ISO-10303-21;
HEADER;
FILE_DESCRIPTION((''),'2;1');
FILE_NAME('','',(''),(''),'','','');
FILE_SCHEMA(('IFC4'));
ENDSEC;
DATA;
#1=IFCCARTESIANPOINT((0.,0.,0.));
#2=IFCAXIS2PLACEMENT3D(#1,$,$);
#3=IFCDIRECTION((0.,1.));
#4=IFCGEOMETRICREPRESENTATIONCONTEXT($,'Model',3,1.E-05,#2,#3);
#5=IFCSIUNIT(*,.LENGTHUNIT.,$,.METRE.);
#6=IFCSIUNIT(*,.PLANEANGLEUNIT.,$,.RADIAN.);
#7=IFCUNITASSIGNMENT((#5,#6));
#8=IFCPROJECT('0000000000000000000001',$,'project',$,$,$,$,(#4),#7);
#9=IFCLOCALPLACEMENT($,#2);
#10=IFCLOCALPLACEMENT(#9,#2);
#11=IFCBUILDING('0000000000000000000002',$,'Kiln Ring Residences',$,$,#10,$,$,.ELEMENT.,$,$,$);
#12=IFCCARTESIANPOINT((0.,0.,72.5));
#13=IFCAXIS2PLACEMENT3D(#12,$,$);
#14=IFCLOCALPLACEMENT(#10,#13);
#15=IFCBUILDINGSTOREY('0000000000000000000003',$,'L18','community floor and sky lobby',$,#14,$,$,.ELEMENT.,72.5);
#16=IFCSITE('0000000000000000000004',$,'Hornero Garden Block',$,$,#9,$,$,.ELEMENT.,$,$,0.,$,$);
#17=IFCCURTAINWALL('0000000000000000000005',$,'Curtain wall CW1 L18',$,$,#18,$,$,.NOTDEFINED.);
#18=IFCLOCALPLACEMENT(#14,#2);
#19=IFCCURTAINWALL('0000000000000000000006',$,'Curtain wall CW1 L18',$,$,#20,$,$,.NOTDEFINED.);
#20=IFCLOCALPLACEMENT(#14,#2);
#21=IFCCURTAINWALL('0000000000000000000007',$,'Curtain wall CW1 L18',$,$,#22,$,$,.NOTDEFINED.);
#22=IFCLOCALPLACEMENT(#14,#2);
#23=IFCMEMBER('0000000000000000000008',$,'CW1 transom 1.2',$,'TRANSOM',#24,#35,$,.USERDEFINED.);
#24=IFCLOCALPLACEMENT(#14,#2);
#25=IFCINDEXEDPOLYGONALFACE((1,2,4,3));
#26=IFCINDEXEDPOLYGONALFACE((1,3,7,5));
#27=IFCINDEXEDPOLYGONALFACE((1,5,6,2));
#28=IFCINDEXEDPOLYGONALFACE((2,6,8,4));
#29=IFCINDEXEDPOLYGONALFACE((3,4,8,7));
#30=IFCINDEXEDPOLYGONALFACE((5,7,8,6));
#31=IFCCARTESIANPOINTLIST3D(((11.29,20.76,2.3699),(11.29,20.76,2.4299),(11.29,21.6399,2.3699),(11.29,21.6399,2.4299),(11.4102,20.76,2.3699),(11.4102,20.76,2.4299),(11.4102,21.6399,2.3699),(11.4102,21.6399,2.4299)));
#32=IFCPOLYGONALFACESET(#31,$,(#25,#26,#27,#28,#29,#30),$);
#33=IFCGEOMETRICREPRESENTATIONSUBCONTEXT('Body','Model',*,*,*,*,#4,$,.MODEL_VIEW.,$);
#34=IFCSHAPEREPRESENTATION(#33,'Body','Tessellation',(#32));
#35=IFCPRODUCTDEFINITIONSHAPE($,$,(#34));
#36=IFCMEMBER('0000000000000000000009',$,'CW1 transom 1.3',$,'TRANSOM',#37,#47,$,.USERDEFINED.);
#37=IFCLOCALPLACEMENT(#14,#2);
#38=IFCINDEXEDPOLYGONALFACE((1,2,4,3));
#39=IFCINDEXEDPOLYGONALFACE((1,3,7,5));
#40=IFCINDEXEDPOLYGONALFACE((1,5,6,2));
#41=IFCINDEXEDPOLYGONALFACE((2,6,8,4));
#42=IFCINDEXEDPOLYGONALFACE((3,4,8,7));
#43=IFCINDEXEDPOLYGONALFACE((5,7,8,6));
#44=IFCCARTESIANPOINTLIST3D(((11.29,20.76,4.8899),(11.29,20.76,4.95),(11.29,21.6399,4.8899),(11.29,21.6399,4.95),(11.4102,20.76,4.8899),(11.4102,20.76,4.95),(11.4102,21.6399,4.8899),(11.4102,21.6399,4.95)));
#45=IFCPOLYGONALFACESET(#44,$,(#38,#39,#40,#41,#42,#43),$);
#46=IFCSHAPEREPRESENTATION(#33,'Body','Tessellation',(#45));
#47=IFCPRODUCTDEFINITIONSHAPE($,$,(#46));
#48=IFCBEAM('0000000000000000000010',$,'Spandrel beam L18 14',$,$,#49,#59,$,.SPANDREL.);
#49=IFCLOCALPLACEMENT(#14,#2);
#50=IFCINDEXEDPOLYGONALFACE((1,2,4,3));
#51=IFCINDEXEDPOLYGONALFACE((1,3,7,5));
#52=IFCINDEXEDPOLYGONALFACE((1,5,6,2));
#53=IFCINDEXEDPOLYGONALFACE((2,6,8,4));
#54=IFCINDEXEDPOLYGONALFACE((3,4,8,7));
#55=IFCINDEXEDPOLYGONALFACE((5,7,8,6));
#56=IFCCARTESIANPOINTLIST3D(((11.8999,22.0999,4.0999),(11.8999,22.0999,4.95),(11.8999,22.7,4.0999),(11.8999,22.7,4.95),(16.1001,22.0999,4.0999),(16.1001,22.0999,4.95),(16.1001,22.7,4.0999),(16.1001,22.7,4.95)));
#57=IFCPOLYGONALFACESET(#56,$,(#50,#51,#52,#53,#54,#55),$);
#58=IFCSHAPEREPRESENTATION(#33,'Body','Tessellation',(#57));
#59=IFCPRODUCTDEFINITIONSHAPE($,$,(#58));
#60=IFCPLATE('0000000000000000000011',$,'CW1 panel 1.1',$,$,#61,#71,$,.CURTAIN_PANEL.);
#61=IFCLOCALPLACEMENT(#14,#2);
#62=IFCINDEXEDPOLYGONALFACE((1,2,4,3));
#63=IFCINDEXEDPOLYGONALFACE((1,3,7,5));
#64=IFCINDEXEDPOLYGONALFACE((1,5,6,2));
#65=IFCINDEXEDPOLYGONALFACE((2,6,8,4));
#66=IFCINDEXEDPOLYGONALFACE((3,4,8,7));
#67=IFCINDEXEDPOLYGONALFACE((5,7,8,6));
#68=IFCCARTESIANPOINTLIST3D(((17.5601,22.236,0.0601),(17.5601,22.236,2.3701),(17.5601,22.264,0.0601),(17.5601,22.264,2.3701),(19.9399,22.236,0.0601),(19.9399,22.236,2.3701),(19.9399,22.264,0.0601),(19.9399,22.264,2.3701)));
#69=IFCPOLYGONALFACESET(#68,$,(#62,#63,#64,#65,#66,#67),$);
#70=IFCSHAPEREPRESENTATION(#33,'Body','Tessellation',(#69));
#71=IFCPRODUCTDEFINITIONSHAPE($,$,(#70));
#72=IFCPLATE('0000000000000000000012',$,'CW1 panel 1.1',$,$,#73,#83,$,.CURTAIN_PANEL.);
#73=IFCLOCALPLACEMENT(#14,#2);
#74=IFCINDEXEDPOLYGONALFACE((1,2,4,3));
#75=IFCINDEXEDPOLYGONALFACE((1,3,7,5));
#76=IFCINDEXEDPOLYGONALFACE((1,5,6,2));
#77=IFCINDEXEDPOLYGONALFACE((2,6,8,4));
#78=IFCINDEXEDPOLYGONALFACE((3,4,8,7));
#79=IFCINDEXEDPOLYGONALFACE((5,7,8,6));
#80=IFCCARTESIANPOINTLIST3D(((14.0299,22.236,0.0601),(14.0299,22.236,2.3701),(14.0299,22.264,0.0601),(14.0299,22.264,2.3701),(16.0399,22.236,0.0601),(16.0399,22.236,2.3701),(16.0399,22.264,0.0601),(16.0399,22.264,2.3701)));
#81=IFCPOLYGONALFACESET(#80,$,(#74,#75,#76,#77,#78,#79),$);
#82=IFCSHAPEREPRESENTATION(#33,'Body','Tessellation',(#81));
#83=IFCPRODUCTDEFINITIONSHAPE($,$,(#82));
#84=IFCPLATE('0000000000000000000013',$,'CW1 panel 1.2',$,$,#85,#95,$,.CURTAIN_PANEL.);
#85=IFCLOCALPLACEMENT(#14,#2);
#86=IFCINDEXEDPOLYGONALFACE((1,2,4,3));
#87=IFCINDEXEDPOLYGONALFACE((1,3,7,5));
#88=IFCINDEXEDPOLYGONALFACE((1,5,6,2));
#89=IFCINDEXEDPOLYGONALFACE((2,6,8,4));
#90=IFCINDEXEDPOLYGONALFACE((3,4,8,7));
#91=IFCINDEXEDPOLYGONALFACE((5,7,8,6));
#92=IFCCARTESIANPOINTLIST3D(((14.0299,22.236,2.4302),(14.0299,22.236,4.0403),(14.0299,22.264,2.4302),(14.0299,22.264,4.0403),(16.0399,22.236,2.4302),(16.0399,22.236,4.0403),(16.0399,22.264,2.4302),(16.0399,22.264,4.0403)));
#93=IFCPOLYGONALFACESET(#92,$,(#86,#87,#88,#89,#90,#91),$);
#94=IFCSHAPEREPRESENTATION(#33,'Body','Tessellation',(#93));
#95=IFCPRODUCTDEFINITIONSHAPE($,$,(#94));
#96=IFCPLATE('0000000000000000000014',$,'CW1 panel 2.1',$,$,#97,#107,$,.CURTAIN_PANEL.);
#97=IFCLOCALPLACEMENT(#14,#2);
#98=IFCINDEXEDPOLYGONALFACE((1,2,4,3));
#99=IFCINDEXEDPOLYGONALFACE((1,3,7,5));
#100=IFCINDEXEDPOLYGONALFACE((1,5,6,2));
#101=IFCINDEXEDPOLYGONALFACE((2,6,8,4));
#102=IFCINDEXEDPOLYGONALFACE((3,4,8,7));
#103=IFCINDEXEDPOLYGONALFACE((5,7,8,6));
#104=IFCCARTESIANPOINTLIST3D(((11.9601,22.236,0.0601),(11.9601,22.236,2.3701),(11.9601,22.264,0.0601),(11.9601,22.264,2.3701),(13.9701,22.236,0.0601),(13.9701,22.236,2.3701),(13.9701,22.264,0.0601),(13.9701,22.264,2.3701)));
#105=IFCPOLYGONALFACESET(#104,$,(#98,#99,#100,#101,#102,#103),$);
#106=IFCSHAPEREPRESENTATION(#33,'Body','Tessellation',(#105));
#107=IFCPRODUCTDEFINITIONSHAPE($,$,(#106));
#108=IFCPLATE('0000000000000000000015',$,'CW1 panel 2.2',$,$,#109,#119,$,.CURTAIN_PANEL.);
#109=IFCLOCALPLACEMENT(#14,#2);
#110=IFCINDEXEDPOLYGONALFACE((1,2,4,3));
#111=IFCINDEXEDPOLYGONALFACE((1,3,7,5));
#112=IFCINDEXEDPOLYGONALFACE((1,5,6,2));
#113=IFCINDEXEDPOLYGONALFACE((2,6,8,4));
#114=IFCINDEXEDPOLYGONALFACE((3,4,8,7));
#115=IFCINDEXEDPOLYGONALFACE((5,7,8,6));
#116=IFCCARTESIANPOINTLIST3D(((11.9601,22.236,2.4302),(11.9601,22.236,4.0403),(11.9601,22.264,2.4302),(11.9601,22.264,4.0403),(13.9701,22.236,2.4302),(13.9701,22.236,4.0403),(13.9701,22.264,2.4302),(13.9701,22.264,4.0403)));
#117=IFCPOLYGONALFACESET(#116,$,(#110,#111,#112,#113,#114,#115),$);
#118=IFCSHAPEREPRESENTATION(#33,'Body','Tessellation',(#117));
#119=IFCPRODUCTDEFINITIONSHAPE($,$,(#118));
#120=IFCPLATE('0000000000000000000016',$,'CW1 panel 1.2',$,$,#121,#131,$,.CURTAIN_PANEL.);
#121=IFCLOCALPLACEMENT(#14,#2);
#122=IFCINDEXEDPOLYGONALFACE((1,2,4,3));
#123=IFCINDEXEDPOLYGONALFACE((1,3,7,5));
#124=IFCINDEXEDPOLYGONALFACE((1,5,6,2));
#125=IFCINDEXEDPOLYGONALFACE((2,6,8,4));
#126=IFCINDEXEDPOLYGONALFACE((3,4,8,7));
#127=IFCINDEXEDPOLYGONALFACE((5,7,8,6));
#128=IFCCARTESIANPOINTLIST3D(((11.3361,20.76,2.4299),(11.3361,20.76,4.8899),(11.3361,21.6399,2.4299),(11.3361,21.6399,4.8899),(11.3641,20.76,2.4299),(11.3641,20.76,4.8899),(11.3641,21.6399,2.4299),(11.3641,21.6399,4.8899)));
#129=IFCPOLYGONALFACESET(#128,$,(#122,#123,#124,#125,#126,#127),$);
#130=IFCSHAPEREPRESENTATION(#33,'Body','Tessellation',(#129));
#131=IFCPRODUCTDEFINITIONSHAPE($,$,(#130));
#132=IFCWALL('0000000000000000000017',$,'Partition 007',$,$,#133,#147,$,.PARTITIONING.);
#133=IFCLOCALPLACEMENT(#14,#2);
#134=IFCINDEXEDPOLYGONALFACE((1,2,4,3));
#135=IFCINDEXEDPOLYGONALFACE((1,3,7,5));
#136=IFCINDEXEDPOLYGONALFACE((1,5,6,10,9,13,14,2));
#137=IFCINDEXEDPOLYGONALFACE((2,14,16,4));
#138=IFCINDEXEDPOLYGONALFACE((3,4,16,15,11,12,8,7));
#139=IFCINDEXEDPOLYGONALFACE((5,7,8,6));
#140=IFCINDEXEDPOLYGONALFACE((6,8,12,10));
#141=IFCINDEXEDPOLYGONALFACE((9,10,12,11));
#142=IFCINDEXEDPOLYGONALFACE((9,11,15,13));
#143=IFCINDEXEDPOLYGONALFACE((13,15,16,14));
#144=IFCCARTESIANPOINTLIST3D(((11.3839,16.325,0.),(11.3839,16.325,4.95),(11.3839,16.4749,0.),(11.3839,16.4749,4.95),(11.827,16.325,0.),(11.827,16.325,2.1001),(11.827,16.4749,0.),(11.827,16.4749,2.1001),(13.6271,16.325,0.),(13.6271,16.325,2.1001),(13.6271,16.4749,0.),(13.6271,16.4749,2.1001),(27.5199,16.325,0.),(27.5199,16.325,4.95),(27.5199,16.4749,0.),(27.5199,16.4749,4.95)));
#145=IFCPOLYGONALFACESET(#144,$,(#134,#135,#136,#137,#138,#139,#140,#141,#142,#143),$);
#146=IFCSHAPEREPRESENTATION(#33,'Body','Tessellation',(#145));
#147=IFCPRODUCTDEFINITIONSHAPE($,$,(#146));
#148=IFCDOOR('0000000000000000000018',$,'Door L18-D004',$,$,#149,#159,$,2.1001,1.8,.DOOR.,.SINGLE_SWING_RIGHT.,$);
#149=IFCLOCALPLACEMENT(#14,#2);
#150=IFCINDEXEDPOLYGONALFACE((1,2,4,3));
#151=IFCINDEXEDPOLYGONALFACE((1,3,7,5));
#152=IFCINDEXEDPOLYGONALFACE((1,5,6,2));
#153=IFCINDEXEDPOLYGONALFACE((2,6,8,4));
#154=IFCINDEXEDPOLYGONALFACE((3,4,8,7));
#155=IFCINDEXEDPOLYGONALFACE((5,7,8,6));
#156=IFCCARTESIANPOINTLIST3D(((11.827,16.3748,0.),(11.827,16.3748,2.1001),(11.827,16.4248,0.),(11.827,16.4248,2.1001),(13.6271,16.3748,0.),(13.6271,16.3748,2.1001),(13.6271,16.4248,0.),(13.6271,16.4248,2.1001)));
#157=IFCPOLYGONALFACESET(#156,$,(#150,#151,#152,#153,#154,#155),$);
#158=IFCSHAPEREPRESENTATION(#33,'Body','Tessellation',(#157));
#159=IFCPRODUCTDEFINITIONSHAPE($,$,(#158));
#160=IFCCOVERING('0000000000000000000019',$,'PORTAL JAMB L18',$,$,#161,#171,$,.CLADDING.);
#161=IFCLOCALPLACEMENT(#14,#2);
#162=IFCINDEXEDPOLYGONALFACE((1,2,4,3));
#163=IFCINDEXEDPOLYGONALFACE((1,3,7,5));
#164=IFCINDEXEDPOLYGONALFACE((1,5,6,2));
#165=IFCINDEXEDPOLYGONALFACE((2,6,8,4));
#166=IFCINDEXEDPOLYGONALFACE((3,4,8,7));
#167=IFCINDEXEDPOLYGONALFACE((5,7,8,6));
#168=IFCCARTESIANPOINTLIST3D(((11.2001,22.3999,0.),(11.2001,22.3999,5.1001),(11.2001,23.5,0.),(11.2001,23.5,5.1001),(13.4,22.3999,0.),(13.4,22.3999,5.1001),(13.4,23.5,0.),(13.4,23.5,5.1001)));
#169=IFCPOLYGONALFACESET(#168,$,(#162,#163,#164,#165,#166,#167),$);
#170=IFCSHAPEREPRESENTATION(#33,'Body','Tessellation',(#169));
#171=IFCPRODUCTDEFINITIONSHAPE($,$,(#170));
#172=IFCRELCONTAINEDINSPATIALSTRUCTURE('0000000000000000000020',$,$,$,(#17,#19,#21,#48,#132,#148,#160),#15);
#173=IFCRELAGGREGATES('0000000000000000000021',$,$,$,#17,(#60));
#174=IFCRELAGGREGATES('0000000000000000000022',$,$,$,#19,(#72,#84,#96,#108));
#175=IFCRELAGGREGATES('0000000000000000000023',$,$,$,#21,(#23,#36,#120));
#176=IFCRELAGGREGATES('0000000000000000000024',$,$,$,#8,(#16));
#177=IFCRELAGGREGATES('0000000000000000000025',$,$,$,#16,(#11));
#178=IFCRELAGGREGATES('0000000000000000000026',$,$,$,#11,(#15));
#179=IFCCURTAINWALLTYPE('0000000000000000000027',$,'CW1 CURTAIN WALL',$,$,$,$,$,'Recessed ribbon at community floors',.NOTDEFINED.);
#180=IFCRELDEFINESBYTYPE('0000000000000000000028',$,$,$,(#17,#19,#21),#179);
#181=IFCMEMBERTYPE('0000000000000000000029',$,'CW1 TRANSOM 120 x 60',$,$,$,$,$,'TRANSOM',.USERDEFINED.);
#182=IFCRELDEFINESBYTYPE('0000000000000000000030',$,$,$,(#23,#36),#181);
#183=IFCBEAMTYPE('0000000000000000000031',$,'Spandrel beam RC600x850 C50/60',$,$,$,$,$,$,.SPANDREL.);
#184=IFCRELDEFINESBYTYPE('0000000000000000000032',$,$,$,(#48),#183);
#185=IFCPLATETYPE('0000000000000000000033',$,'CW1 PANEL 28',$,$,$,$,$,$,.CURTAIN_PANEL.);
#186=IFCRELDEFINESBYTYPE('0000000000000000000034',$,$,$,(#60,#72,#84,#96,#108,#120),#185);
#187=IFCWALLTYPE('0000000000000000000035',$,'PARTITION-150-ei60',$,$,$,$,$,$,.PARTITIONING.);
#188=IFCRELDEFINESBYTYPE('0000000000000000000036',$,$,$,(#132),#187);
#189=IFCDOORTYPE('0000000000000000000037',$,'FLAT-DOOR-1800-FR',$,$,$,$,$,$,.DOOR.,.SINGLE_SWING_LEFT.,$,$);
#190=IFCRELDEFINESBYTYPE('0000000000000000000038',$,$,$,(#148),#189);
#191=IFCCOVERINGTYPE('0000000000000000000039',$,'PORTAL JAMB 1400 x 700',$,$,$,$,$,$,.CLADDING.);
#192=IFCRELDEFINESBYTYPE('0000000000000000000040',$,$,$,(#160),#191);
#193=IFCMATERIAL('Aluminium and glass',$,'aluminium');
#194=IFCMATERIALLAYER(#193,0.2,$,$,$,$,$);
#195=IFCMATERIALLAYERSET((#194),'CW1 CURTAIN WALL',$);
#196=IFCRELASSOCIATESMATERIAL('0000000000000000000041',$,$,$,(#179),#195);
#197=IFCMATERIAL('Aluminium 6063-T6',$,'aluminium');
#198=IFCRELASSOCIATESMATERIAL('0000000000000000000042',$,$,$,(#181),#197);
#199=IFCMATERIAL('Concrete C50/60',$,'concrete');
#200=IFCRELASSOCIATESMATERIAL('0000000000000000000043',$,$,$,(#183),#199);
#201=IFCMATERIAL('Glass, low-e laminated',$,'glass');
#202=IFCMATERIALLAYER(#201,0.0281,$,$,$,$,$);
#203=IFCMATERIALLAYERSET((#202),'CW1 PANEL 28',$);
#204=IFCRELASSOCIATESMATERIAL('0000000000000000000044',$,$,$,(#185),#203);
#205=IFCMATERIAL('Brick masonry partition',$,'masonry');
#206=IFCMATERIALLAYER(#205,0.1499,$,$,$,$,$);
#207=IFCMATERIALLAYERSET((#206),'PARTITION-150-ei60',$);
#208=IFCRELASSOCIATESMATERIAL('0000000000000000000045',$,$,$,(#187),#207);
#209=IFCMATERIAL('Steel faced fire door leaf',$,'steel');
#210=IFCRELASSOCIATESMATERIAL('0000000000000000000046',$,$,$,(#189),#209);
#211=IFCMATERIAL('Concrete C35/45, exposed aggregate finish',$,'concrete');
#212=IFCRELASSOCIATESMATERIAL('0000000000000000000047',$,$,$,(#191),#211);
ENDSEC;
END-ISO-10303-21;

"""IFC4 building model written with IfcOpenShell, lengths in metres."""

from ifc_helpers import new_model, si_unit, direction, frame, frame_2d, origin, origin_2d, place, context, subcontext, project, spatial, rectangle, extrude, material, layer, layer_set, material_profile, profile_set, type_object, element, fill, aggregate, save


model = new_model("IFC4")

# Units and contexts
model_context = context("Model", 3, precision=1e-05, world=origin(), true_north=direction((0.0, 1.0)))
body_context = subcontext(model_context, "Body", "Model", "MODEL_VIEW")
ifc_project = project(units=[si_unit("LENGTHUNIT", "METRE"), si_unit("PLANEANGLEUNIT", "RADIAN")], contexts=[model_context])

# Site, building, storey
site_placement = place(None, origin())
site = spatial("IfcSite", under=ifc_project, at=site_placement, Name="Hornero Garden Block", CompositionType="ELEMENT", RefElevation=0.0)
building_placement = place(site_placement, origin())
building = spatial("IfcBuilding", under=site, at=building_placement, Name="Kiln Ring Residences", CompositionType="ELEMENT")
storey_placement = place(building_placement, frame((0.0, 0.0, 72.5)))
storey = spatial("IfcBuildingStorey", under=building, at=storey_placement, Name="L18", Description="community floor and sky lobby", CompositionType="ELEMENT", Elevation=72.5)

# Curtain wall
ifc_material_1 = material(Name="Aluminium and glass", Category="aluminium")
ifc_layer_1 = layer(ifc_material_1, 0.2)
ifc_layer_set_1 = layer_set([ifc_layer_1], Name="CW1 CURTAIN WALL")
curtain_wall_type = type_object("IfcCurtainWallType", Name="CW1 CURTAIN WALL", ElementType="Recessed ribbon at community floors", PredefinedType="NOTDEFINED", material=ifc_layer_set_1)
placement = place(storey_placement, origin())
curtain_wall_1 = element("IfcCurtainWall", 1, at=placement, inside=storey, type_object=curtain_wall_type, Name="Curtain wall CW1 L18", PredefinedType="NOTDEFINED")

# Curtain wall
curtain_wall_2 = element("IfcCurtainWall", 2, at=placement, inside=storey, type_object=curtain_wall_type, Name="Curtain wall CW1 L18", PredefinedType="NOTDEFINED")

# Curtain wall
curtain_wall_3 = element("IfcCurtainWall", 3, at=placement, inside=storey, type_object=curtain_wall_type, Name="Curtain wall CW1 L18", PredefinedType="NOTDEFINED")

# Members
ifc_material_2 = material(Name="Aluminium 6063-T6", Category="aluminium")
ifc_material_profile_1 = material_profile(ifc_material_2, rectangle(XDim=0.1201, YDim=0.0601, at=origin_2d()), Name="AL 120x60")
ifc_profile_set_1 = profile_set([ifc_material_profile_1], Name="Aluminium 6063-T6")
member_type_1 = type_object("IfcMemberType", Name="CW1 TRANSOM 120 x 60", ElementType="TRANSOM", PredefinedType="USERDEFINED", material=ifc_profile_set_1)
member_1_placement = place(storey_placement, frame((11.3501, 21.6399, 2.3999), z_axis=(0.0, -1.0, 0.0), x_axis=(1.0, 0.0, 0.0)))
member_1 = element("IfcMember", 4, at=member_1_placement, type_object=member_type_1, Name="CW1 transom 1.2", ObjectType="TRANSOM", PredefinedType="USERDEFINED", context=body_context, shape_type="SweptSolid", body=[
    extrude(rectangle(XDim=0.1201, YDim=0.0601, at=origin_2d()), origin(), (0.0, 0.0, 1.0), 0.8799),
])
member_2_placement = place(storey_placement, frame((11.3501, 21.6399, 4.9199), z_axis=(0.0, -1.0, 0.0), x_axis=(1.0, 0.0, 0.0)))
member_2 = element("IfcMember", 5, at=member_2_placement, type_object=member_type_1, Name="CW1 transom 1.3", ObjectType="TRANSOM", PredefinedType="USERDEFINED", context=body_context, shape_type="SweptSolid", body=[
    extrude(rectangle(XDim=0.1201, YDim=0.0601, at=origin_2d()), origin(), (0.0, 0.0, 1.0), 0.8799),
])

# Beam
ifc_material_3 = material(Name="Concrete C50/60", Category="concrete")
ifc_material_profile_2 = material_profile(ifc_material_3, rectangle(XDim=0.6001, YDim=0.8501, at=origin_2d()), Name="RC600x850")
ifc_profile_set_2 = profile_set([ifc_material_profile_2], Name="Concrete C50/60")
beam_type = type_object("IfcBeamType", Name="Spandrel beam RC600x850 C50/60", PredefinedType="SPANDREL", material=ifc_profile_set_2)
beam_placement = place(storey_placement, frame((16.1001, 22.3999, 4.5249), z_axis=(-1.0, 0.0, 0.0), x_axis=(0.0, -1.0, 0.0)))
element("IfcBeam", 6, at=beam_placement, inside=storey, type_object=beam_type, Name="Spandrel beam L18 14", PredefinedType="SPANDREL", context=body_context, shape_type="SweptSolid", body=[
    extrude(rectangle(XDim=0.6001, YDim=0.8501, at=origin_2d()), origin(), (0.0, 0.0, 1.0), 4.2002),
])

# Plates
ifc_material_4 = material(Name="Glass, low-e laminated", Category="glass")
ifc_layer_2 = layer(ifc_material_4, 0.0281)
ifc_layer_set_2 = layer_set([ifc_layer_2], Name="CW1 PANEL 28")
plate_type = type_object("IfcPlateType", Name="CW1 PANEL 28", PredefinedType="CURTAIN_PANEL", material=ifc_layer_set_2)
plate_1_placement = place(storey_placement, frame((18.75, 22.25, 0.0601), z_axis=(0.0, 0.0, 1.0), x_axis=(-1.0, 0.0, 0.0)))
plate_1 = element("IfcPlate", 7, at=plate_1_placement, type_object=plate_type, Name="CW1 panel 1.1", PredefinedType="CURTAIN_PANEL", context=body_context, shape_type="SweptSolid", body=[
    extrude(rectangle(XDim=2.3799, YDim=0.0281, at=origin_2d()), origin(), (0.0, 0.0, 1.0), 2.3101),
])
aggregate(curtain_wall_1, [plate_1])
plate_2_placement = place(storey_placement, frame((15.0349, 22.25, 0.0601), z_axis=(0.0, 0.0, 1.0), x_axis=(-1.0, 0.0, 0.0)))
plate_2 = element("IfcPlate", 8, at=plate_2_placement, type_object=plate_type, Name="CW1 panel 1.1", PredefinedType="CURTAIN_PANEL", context=body_context, shape_type="SweptSolid", body=[
    extrude(rectangle(XDim=2.01, YDim=0.0281, at=origin_2d()), origin(), (0.0, 0.0, 1.0), 2.3101),
])
plate_3_placement = place(storey_placement, frame((15.0349, 22.25, 2.4302), z_axis=(0.0, 0.0, 1.0), x_axis=(-1.0, 0.0, 0.0)))
plate_3 = element("IfcPlate", 9, at=plate_3_placement, type_object=plate_type, Name="CW1 panel 1.2", PredefinedType="CURTAIN_PANEL", context=body_context, shape_type="SweptSolid", body=[
    extrude(rectangle(XDim=2.01, YDim=0.0281, at=origin_2d()), origin(), (0.0, 0.0, 1.0), 1.6101),
])
plate_4_placement = place(storey_placement, frame((12.9651, 22.25, 0.0601), z_axis=(0.0, 0.0, 1.0), x_axis=(-1.0, 0.0, 0.0)))
plate_4 = element("IfcPlate", 10, at=plate_4_placement, type_object=plate_type, Name="CW1 panel 2.1", PredefinedType="CURTAIN_PANEL", context=body_context, shape_type="SweptSolid", body=[
    extrude(rectangle(XDim=2.01, YDim=0.0281, at=origin_2d()), origin(), (0.0, 0.0, 1.0), 2.3101),
])
plate_5_placement = place(storey_placement, frame((12.9651, 22.25, 2.4302), z_axis=(0.0, 0.0, 1.0), x_axis=(-1.0, 0.0, 0.0)))
plate_5 = element("IfcPlate", 11, at=plate_5_placement, type_object=plate_type, Name="CW1 panel 2.2", PredefinedType="CURTAIN_PANEL", context=body_context, shape_type="SweptSolid", body=[
    extrude(rectangle(XDim=2.01, YDim=0.0281, at=origin_2d()), origin(), (0.0, 0.0, 1.0), 1.6101),
])
aggregate(curtain_wall_2, [plate_2, plate_3, plate_4, plate_5])
plate_6_placement = place(storey_placement, frame((11.3501, 21.2, 2.4299), z_axis=(0.0, 0.0, 1.0), x_axis=(0.0, -1.0, 0.0)))
plate_6 = element("IfcPlate", 12, at=plate_6_placement, type_object=plate_type, Name="CW1 panel 1.2", PredefinedType="CURTAIN_PANEL", context=body_context, shape_type="SweptSolid", body=[
    extrude(rectangle(XDim=0.8799, YDim=0.0281, at=origin_2d()), origin(), (0.0, 0.0, 1.0), 2.46),
])
aggregate(curtain_wall_3, [member_1, member_2, plate_6])

# Wall, opening, door
ifc_material_5 = material(Name="Brick masonry partition", Category="masonry")
ifc_layer_3 = layer(ifc_material_5, 0.1499)
ifc_layer_set_3 = layer_set([ifc_layer_3], Name="PARTITION-150-ei60")
wall_type = type_object("IfcWallType", Name="PARTITION-150-ei60", PredefinedType="PARTITIONING", material=ifc_layer_set_3)
wall_placement = place(storey_placement, frame((11.384, 16.3999, 0.0), z_axis=(0.0, 0.0, 1.0), x_axis=(1.0, 0.0, 0.0)))
wall = element("IfcWall", 13, at=wall_placement, inside=storey, type_object=wall_type, Name="Partition 007", PredefinedType="PARTITIONING", context=body_context, shape_type="SweptSolid", body=[
    extrude(rectangle(XDim=16.136, YDim=0.1499, at=frame_2d((8.0679, 0.0))), origin(), (0.0, 0.0, 1.0), 4.95),
])
opening_placement = place(wall_placement, frame((0.4431, 0.0, 0.0)))
opening = element("IfcOpeningElement", 14, at=opening_placement, cuts=wall, PredefinedType="OPENING", context=body_context, shape_type="SweptSolid", body=[
    extrude(rectangle(XDim=1.8, YDim=2.1001, at=frame_2d((0.8999, 1.05))), frame((0.0, 0.085, 0.0), z_axis=(0.0, -1.0, 0.0), x_axis=(1.0, 0.0, 0.0)), (0.0, 0.0, 1.0), 0.1699),
])
ifc_material_6 = material(Name="Steel faced fire door leaf", Category="steel")
door_type = type_object("IfcDoorType", Name="FLAT-DOOR-1800-FR", OperationType="SINGLE_SWING_LEFT", PredefinedType="DOOR", material=ifc_material_6)
door_placement = place(opening_placement, origin())
door = element("IfcDoor", 15, at=door_placement, inside=storey, type_object=door_type, Name="Door L18-D004", OperationType="SINGLE_SWING_RIGHT", OverallHeight=2.1001, OverallWidth=1.8, PredefinedType="DOOR", context=body_context, shape_type="SweptSolid", body=[
    extrude(rectangle(XDim=1.8, YDim=2.1001, at=frame_2d((0.8999, 1.05))), frame((0.0, 0.0249, 0.0), z_axis=(0.0, -1.0, 0.0), x_axis=(1.0, 0.0, 0.0)), (0.0, 0.0, 1.0), 0.05),
])
fill(opening, door)

# Covering
ifc_material_7 = material(Name="Concrete C35/45, exposed aggregate finish", Category="concrete")
covering_type = type_object("IfcCoveringType", Name="PORTAL JAMB 1400 x 700", PredefinedType="CLADDING", material=ifc_material_7)
covering_placement = place(storey_placement, frame((12.3, 22.95, 0.0), z_axis=(0.0, 0.0, 1.0), x_axis=(1.0, 0.0, 0.0)))
element("IfcCovering", 16, at=covering_placement, inside=storey, type_object=covering_type, Name="PORTAL JAMB L18", PredefinedType="CLADDING", context=body_context, shape_type="SweptSolid", body=[
    extrude(rectangle(XDim=2.2, YDim=1.1001, at=origin_2d()), origin(), (0.0, 0.0, 1.0), 5.1001),
])

save(model, "model.ifc")
